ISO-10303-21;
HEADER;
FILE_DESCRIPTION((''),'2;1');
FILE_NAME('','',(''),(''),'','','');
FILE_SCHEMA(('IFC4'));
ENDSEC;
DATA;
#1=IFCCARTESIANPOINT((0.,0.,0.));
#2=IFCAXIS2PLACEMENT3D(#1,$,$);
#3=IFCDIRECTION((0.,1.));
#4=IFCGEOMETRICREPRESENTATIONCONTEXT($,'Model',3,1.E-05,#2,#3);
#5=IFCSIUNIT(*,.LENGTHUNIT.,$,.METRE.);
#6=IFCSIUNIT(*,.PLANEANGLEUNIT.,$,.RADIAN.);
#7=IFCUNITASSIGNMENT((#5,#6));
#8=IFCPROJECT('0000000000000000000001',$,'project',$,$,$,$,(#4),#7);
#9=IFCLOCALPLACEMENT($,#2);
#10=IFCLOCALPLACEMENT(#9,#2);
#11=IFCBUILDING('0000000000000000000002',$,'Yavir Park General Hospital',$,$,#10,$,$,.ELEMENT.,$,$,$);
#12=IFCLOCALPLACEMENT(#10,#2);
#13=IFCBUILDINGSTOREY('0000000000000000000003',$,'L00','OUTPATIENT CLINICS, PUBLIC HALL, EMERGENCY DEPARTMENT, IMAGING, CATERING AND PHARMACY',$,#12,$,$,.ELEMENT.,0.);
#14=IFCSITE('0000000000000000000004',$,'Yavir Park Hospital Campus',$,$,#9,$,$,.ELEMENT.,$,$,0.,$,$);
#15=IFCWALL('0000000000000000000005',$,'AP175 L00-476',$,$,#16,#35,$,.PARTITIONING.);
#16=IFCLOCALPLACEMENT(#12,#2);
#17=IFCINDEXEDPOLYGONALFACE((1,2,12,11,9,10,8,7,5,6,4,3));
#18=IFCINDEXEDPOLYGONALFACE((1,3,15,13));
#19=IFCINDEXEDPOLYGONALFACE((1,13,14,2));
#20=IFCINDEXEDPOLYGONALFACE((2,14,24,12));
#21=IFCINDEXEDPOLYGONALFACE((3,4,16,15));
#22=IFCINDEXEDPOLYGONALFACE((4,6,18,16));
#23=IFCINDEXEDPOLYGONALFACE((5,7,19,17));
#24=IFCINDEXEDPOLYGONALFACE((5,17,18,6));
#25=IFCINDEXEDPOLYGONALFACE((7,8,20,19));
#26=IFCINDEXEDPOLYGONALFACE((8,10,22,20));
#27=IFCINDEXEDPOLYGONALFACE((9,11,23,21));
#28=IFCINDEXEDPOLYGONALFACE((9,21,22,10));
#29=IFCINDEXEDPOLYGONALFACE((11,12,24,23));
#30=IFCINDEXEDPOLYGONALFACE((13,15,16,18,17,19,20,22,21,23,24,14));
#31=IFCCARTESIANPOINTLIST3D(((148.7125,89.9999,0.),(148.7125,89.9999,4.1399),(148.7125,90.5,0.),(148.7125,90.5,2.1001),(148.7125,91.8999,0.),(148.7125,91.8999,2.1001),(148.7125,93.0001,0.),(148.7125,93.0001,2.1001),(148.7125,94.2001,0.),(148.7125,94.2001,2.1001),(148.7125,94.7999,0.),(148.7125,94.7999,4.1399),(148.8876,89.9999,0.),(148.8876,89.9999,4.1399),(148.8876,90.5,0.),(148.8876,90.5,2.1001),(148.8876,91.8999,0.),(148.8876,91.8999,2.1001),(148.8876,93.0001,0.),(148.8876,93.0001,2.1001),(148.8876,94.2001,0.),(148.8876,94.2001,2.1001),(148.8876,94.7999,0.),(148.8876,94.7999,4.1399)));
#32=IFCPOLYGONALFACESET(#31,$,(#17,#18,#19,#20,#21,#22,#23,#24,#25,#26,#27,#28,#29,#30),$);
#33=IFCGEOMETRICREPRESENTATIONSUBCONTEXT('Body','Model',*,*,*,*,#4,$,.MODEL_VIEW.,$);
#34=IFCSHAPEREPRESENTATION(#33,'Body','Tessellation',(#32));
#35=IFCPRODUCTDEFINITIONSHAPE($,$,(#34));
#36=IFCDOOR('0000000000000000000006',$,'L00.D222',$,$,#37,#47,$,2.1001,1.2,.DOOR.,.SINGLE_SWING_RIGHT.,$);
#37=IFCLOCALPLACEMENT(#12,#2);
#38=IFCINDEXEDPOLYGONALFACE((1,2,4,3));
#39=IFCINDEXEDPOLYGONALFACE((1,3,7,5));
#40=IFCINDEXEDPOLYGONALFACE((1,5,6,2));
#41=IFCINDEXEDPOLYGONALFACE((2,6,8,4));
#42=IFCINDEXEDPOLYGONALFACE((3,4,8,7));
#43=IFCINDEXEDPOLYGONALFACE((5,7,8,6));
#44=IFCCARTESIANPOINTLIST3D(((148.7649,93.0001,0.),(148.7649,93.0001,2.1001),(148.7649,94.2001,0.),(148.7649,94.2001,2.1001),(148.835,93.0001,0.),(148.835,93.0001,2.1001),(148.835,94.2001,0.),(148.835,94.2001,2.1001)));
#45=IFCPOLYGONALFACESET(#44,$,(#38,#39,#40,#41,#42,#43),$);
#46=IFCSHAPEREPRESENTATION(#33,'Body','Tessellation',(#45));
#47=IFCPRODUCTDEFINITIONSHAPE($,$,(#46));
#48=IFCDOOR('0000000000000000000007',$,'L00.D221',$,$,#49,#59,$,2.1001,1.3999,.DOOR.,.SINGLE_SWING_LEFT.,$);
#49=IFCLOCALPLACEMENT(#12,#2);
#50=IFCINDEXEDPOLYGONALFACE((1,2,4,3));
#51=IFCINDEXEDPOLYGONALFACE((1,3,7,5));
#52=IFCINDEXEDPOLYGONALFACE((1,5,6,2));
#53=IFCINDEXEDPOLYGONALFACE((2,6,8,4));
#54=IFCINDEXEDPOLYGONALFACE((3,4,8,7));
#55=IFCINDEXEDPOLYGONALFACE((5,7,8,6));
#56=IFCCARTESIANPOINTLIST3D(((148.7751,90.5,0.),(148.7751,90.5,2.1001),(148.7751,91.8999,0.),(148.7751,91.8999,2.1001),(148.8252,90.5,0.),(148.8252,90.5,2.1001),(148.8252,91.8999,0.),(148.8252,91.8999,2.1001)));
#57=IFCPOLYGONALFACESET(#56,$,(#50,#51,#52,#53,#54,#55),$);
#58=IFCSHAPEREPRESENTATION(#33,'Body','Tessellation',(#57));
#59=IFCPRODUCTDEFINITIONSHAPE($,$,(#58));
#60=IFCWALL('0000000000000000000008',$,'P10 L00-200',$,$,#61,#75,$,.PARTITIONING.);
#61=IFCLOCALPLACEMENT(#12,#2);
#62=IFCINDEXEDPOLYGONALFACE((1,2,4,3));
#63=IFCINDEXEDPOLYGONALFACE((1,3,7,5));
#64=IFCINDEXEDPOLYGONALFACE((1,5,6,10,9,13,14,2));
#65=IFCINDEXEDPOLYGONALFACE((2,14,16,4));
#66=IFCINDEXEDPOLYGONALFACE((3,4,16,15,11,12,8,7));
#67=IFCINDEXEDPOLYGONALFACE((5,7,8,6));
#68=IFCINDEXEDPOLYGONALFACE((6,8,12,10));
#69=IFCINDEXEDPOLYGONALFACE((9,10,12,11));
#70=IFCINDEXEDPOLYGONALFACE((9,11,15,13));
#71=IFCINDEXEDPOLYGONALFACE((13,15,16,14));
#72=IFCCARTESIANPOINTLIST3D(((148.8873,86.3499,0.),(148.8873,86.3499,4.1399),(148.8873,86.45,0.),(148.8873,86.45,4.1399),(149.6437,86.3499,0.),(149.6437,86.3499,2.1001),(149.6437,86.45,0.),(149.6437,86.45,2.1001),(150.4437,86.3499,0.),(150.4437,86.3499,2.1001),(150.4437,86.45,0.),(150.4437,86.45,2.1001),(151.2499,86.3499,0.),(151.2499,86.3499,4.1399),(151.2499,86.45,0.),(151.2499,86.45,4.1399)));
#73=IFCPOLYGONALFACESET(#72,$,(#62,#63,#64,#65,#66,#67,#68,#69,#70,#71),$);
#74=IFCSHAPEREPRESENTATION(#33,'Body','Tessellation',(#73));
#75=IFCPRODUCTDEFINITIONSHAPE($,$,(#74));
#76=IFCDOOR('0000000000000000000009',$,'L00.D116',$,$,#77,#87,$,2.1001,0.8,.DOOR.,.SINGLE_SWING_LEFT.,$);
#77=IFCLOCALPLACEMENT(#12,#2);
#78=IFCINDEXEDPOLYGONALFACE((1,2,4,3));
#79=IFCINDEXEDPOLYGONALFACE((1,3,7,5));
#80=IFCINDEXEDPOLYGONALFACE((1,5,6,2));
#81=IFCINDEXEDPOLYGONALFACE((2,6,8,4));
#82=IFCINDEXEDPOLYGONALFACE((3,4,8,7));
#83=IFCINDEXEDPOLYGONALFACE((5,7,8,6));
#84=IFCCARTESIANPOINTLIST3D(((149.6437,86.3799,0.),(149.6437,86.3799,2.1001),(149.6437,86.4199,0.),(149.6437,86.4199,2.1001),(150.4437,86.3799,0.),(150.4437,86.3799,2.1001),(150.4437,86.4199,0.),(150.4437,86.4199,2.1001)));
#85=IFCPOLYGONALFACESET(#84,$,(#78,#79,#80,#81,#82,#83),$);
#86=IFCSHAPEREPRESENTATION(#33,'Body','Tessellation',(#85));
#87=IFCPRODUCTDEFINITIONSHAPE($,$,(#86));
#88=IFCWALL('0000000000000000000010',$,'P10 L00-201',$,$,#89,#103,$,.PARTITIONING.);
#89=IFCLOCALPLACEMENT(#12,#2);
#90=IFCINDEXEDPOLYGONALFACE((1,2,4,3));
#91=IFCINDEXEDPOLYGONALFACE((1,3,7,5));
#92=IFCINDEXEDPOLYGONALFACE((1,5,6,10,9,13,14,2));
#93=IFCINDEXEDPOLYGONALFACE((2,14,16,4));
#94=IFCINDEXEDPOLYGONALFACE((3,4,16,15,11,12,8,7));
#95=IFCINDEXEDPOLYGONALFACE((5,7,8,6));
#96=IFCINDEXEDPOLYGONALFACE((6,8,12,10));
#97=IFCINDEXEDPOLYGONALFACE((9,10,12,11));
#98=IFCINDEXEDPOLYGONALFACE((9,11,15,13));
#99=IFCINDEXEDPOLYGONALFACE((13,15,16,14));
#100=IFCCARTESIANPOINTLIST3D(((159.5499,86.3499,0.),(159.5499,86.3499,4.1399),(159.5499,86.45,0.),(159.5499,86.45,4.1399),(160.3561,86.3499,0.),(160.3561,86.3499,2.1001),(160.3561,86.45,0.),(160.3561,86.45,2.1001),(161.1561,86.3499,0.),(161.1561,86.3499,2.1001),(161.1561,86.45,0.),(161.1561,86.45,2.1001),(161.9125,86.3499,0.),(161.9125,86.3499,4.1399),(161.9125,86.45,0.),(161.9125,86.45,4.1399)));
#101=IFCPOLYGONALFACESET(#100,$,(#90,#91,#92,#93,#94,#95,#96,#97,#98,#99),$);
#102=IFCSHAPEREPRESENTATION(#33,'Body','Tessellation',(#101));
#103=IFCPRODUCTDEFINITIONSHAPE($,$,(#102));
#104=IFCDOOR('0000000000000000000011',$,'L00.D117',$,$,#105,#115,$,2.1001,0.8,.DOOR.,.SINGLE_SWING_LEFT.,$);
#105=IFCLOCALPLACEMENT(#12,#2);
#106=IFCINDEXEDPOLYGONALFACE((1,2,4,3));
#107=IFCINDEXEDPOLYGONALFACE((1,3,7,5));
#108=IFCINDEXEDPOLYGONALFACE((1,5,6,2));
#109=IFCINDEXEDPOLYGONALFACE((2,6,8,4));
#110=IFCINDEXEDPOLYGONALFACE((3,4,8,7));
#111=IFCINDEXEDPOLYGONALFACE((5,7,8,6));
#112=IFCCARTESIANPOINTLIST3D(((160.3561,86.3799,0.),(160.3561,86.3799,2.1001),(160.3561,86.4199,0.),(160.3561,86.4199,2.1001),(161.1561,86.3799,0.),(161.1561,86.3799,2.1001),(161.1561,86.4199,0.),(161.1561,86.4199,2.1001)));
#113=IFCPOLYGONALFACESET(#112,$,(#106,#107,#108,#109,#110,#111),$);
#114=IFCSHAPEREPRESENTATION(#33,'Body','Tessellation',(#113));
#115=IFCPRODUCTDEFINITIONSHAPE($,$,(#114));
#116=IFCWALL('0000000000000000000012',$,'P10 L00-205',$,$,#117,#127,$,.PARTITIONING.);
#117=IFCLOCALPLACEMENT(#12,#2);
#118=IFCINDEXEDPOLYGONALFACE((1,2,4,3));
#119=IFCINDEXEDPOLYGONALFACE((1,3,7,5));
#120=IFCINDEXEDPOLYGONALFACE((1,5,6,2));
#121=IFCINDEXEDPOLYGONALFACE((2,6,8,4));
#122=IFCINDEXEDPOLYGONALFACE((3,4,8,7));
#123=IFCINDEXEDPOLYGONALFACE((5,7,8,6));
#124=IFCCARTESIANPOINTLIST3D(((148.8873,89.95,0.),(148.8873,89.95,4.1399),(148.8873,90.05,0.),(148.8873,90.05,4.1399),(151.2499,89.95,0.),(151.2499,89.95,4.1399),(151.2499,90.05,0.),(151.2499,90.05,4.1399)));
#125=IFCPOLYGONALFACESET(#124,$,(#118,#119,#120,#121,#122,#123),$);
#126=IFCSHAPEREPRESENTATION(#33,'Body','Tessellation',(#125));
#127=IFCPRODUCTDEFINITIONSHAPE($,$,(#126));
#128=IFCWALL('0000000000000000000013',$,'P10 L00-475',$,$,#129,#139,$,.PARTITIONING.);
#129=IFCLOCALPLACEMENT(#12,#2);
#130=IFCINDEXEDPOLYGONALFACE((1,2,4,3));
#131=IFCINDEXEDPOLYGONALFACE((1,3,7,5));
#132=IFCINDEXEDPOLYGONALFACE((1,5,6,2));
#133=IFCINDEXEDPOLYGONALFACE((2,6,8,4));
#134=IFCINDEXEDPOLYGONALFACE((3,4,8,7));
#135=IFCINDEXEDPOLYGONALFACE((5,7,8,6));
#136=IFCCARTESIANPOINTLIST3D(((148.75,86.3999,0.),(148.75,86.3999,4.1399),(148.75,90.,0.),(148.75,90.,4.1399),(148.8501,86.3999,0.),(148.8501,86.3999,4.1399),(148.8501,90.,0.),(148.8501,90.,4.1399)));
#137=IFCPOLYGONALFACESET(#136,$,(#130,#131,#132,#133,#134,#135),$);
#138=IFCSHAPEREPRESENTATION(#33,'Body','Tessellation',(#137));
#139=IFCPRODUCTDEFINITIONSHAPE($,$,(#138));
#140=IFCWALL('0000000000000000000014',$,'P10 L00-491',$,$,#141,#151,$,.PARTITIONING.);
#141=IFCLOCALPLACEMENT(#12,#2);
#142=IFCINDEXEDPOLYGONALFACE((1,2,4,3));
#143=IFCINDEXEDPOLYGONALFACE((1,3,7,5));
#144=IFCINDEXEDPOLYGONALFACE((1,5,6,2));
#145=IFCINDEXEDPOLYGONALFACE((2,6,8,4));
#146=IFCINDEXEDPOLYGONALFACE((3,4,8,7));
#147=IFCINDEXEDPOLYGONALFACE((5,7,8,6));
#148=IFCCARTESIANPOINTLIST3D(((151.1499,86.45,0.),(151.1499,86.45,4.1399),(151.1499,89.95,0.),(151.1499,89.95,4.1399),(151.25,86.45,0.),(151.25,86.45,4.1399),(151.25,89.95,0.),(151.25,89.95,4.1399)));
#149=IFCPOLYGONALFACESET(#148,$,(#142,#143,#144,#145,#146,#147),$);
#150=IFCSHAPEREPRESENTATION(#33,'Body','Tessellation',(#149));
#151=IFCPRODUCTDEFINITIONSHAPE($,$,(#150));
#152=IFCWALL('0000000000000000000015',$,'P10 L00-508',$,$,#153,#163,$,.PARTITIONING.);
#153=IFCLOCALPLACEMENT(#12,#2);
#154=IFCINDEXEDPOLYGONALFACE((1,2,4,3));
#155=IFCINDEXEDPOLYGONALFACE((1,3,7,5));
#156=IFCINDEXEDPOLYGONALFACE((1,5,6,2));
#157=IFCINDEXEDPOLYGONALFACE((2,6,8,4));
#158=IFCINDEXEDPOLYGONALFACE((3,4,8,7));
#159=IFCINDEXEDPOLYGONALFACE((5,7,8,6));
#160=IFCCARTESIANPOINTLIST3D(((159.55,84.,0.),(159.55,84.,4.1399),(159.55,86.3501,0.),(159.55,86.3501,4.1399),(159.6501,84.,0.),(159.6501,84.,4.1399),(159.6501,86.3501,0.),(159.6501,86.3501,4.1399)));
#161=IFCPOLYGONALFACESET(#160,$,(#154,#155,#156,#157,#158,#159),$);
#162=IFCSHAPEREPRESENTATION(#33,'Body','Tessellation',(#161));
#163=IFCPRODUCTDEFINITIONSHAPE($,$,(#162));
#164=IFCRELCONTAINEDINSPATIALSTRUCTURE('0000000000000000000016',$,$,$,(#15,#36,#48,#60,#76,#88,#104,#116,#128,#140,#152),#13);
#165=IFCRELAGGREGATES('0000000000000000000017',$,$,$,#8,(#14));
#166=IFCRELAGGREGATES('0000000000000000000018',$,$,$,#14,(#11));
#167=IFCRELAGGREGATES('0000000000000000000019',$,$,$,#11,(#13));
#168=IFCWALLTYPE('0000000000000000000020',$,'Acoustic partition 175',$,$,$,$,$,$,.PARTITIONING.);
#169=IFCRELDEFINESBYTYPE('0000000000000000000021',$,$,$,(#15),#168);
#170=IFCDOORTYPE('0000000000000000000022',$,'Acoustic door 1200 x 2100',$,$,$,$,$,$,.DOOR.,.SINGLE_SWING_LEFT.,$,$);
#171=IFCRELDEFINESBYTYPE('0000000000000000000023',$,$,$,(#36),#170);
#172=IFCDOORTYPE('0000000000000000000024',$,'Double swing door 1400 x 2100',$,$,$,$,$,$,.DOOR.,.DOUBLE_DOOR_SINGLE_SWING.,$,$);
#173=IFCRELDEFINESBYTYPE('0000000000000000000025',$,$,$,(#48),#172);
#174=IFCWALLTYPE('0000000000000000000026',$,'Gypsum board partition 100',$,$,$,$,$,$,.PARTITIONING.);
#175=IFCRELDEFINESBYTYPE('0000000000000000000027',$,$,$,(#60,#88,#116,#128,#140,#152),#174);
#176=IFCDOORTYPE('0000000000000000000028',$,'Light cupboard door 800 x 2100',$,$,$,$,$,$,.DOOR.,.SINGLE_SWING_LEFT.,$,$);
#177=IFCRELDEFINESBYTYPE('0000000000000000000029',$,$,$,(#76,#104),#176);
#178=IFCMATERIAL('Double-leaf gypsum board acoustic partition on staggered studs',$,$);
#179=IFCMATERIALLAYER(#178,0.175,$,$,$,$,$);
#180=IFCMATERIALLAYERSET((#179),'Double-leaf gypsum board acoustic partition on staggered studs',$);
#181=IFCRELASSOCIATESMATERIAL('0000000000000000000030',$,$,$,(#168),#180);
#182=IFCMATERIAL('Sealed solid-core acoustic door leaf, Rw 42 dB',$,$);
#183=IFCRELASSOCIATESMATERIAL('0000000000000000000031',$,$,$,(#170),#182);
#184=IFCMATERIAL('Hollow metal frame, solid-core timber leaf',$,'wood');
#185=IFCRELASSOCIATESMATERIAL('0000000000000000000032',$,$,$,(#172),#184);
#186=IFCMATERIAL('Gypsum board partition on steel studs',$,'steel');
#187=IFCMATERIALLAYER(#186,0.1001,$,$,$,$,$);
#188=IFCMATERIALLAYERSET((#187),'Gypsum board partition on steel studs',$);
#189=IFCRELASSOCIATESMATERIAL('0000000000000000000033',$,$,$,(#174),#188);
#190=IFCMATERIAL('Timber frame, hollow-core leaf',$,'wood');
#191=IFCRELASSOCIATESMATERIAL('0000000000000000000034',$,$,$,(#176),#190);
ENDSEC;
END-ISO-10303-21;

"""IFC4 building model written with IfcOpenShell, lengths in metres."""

from ifc_helpers import new_model, si_unit, direction, frame, frame_2d, origin, place, context, subcontext, project, spatial, rectangle, extrude, material, layer, layer_set, type_object, element, fill, save


model = new_model("IFC4")

# Units and contexts
model_context = context("Model", 3, precision=1e-05, world=origin(), true_north=direction((0.0, 1.0)))
body_context = subcontext(model_context, "Body", "Model", "MODEL_VIEW")
ifc_project = project(units=[si_unit("LENGTHUNIT", "METRE"), si_unit("PLANEANGLEUNIT", "RADIAN")], contexts=[model_context])

# Site, building, storey
site_placement = place(None, origin())
site = spatial("IfcSite", under=ifc_project, at=site_placement, Name="Yavir Park Hospital Campus", CompositionType="ELEMENT", RefElevation=0.0)
building_placement = place(site_placement, origin())
building = spatial("IfcBuilding", under=site, at=building_placement, Name="Yavir Park General Hospital", CompositionType="ELEMENT")
storey_placement = place(building_placement, origin())
storey = spatial("IfcBuildingStorey", under=building, at=storey_placement, Name="L00", Description="OUTPATIENT CLINICS, PUBLIC HALL, EMERGENCY DEPARTMENT, IMAGING, CATERING AND PHARMACY", CompositionType="ELEMENT", Elevation=0.0)

# Wall, openings, doors
ifc_material_1 = material(Name="Double-leaf gypsum board acoustic partition on staggered studs")
ifc_layer_1 = layer(ifc_material_1, 0.175)
ifc_layer_set_1 = layer_set([ifc_layer_1], Name="Double-leaf gypsum board acoustic partition on staggered studs")
wall_type_1 = type_object("IfcWallType", Name="Acoustic partition 175", PredefinedType="PARTITIONING", material=ifc_layer_set_1)
wall_1_placement = place(storey_placement, frame((148.8, 90.0, 0.0), z_axis=(0.0, 0.0, 1.0), x_axis=(0.0, 1.0, 0.0)))
wall_1 = element("IfcWall", 1, at=wall_1_placement, inside=storey, type_object=wall_type_1, Name="AP175 L00-476", PredefinedType="PARTITIONING", context=body_context, shape_type="SweptSolid", body=[
    extrude(rectangle(XDim=4.8, YDim=0.175, at=frame_2d((2.3999, 0.0))), origin(), (0.0, 0.0, 1.0), 4.1399),
])
opening_1_placement = place(wall_1_placement, frame((0.5, 0.0, 0.0)))
opening_1 = element("IfcOpeningElement", 2, at=opening_1_placement, cuts=wall_1, PredefinedType="OPENING", context=body_context, shape_type="SweptSolid", body=[
    extrude(rectangle(XDim=1.3999, YDim=2.1001, at=frame_2d((0.7, 1.05))), frame((0.0, 0.0974, 0.0), z_axis=(0.0, -1.0, 0.0), x_axis=(1.0, 0.0, 0.0)), (0.0, 0.0, 1.0), 0.1951),
])
opening_2_placement = place(wall_1_placement, frame((3.0, 0.0, 0.0)))
opening_2 = element("IfcOpeningElement", 3, at=opening_2_placement, cuts=wall_1, PredefinedType="OPENING", context=body_context, shape_type="SweptSolid", body=[
    extrude(rectangle(XDim=1.2, YDim=2.1001, at=frame_2d((0.6001, 1.05))), frame((0.0, 0.0974, 0.0), z_axis=(0.0, -1.0, 0.0), x_axis=(1.0, 0.0, 0.0)), (0.0, 0.0, 1.0), 0.1951),
])
ifc_material_2 = material(Name="Sealed solid-core acoustic door leaf, Rw 42 dB")
door_type_1 = type_object("IfcDoorType", Name="Acoustic door 1200 x 2100", OperationType="SINGLE_SWING_LEFT", PredefinedType="DOOR", material=ifc_material_2)
door_1_placement = place(opening_2_placement, origin())
door_1 = element("IfcDoor", 4, at=door_1_placement, inside=storey, type_object=door_type_1, Name="L00.D222", OperationType="SINGLE_SWING_RIGHT", OverallHeight=2.1001, OverallWidth=1.2, PredefinedType="DOOR", context=body_context, shape_type="SweptSolid", body=[
    extrude(rectangle(XDim=1.2, YDim=2.1001, at=frame_2d((0.6001, 1.05))), frame((0.0, 0.0352, 0.0), z_axis=(0.0, -1.0, 0.0), x_axis=(1.0, 0.0, 0.0)), (0.0, 0.0, 1.0), 0.0701),
])
fill(opening_2, door_1)
ifc_material_3 = material(Name="Hollow metal frame, solid-core timber leaf", Category="wood")
door_type_2 = type_object("IfcDoorType", Name="Double swing door 1400 x 2100", OperationType="DOUBLE_DOOR_SINGLE_SWING", PredefinedType="DOOR", material=ifc_material_3)
door_2_placement = place(opening_1_placement, origin())
door_2 = element("IfcDoor", 5, at=door_2_placement, inside=storey, type_object=door_type_2, Name="L00.D221", OperationType="SINGLE_SWING_LEFT", OverallHeight=2.1001, OverallWidth=1.3999, PredefinedType="DOOR", context=body_context, shape_type="SweptSolid", body=[
    extrude(rectangle(XDim=1.3999, YDim=2.1001, at=frame_2d((0.7, 1.05))), frame((0.0, 0.0249, 0.0), z_axis=(0.0, -1.0, 0.0), x_axis=(1.0, 0.0, 0.0)), (0.0, 0.0, 1.0), 0.05),
])
fill(opening_1, door_2)

# Walls, openings, doors
ifc_material_4 = material(Name="Gypsum board partition on steel studs", Category="steel")
ifc_layer_2 = layer(ifc_material_4, 0.1001)
ifc_layer_set_2 = layer_set([ifc_layer_2], Name="Gypsum board partition on steel studs")
wall_type_2 = type_object("IfcWallType", Name="Gypsum board partition 100", PredefinedType="PARTITIONING", material=ifc_layer_set_2)
wall_2_placement = place(storey_placement, frame((148.8875, 86.3999, 0.0), z_axis=(0.0, 0.0, 1.0), x_axis=(1.0, 0.0, 0.0)))
wall_2 = element("IfcWall", 6, at=wall_2_placement, inside=storey, type_object=wall_type_2, Name="P10 L00-200", PredefinedType="PARTITIONING", context=body_context, shape_type="SweptSolid", body=[
    extrude(rectangle(XDim=2.3625, YDim=0.1001, at=frame_2d((1.1812, 0.0))), origin(), (0.0, 0.0, 1.0), 4.1399),
])
opening_3_placement = place(wall_2_placement, frame((0.7563, 0.0, 0.0)))
opening_3 = element("IfcOpeningElement", 7, at=opening_3_placement, cuts=wall_2, PredefinedType="OPENING", context=body_context, shape_type="SweptSolid", body=[
    extrude(rectangle(XDim=0.8, YDim=2.1001, at=frame_2d((0.3999, 1.05))), frame((0.0, 0.0601, 0.0), z_axis=(0.0, -1.0, 0.0), x_axis=(1.0, 0.0, 0.0)), (0.0, 0.0, 1.0), 0.1201),
])
ifc_material_5 = material(Name="Timber frame, hollow-core leaf", Category="wood")
door_type_3 = type_object("IfcDoorType", Name="Light cupboard door 800 x 2100", OperationType="SINGLE_SWING_LEFT", PredefinedType="DOOR", material=ifc_material_5)
door_3_placement = place(opening_3_placement, origin())
door_3 = element("IfcDoor", 8, at=door_3_placement, inside=storey, type_object=door_type_3, Name="L00.D116", OperationType="SINGLE_SWING_LEFT", OverallHeight=2.1001, OverallWidth=0.8, PredefinedType="DOOR", context=body_context, shape_type="SweptSolid", body=[
    extrude(rectangle(XDim=0.8, YDim=2.1001, at=frame_2d((0.3999, 1.05))), frame((0.0, 0.02, 0.0), z_axis=(0.0, -1.0, 0.0), x_axis=(1.0, 0.0, 0.0)), (0.0, 0.0, 1.0), 0.04),
])
fill(opening_3, door_3)
wall_3_placement = place(storey_placement, frame((159.55, 86.3999, 0.0), z_axis=(0.0, 0.0, 1.0), x_axis=(1.0, 0.0, 0.0)))
wall_3 = element("IfcWall", 9, at=wall_3_placement, inside=storey, type_object=wall_type_2, Name="P10 L00-201", PredefinedType="PARTITIONING", context=body_context, shape_type="SweptSolid", body=[
    extrude(rectangle(XDim=2.3625, YDim=0.1001, at=frame_2d((1.1812, 0.0))), origin(), (0.0, 0.0, 1.0), 4.1399),
])
opening_4_placement = place(wall_3_placement, frame((0.8062, 0.0, 0.0)))
opening_4 = element("IfcOpeningElement", 10, at=opening_4_placement, cuts=wall_3, PredefinedType="OPENING", context=body_context, shape_type="SweptSolid", body=[
    extrude(rectangle(XDim=0.8, YDim=2.1001, at=frame_2d((0.3999, 1.05))), frame((0.0, 0.0601, 0.0), z_axis=(0.0, -1.0, 0.0), x_axis=(1.0, 0.0, 0.0)), (0.0, 0.0, 1.0), 0.1201),
])
door_4_placement = place(opening_4_placement, origin())
door_4 = element("IfcDoor", 11, at=door_4_placement, inside=storey, type_object=door_type_3, Name="L00.D117", OperationType="SINGLE_SWING_LEFT", OverallHeight=2.1001, OverallWidth=0.8, PredefinedType="DOOR", context=body_context, shape_type="SweptSolid", body=[
    extrude(rectangle(XDim=0.8, YDim=2.1001, at=frame_2d((0.3999, 1.05))), frame((0.0, 0.02, 0.0), z_axis=(0.0, -1.0, 0.0), x_axis=(1.0, 0.0, 0.0)), (0.0, 0.0, 1.0), 0.04),
])
fill(opening_4, door_4)

# Walls
wall_4_placement = place(storey_placement, frame((148.8875, 90.0, 0.0), z_axis=(0.0, 0.0, 1.0), x_axis=(1.0, 0.0, 0.0)))
element("IfcWall", 12, at=wall_4_placement, inside=storey, type_object=wall_type_2, Name="P10 L00-205", PredefinedType="PARTITIONING", context=body_context, shape_type="SweptSolid", body=[
    extrude(rectangle(XDim=2.3625, YDim=0.1001, at=frame_2d((1.1812, 0.0))), origin(), (0.0, 0.0, 1.0), 4.1399),
])
wall_5_placement = place(storey_placement, frame((148.8, 86.3999, 0.0), z_axis=(0.0, 0.0, 1.0), x_axis=(0.0, 1.0, 0.0)))
element("IfcWall", 13, at=wall_5_placement, inside=storey, type_object=wall_type_2, Name="P10 L00-475", PredefinedType="PARTITIONING", context=body_context, shape_type="SweptSolid", body=[
    extrude(rectangle(XDim=3.6001, YDim=0.1001, at=frame_2d((1.8, 0.0))), origin(), (0.0, 0.0, 1.0), 4.1399),
])
wall_6_placement = place(storey_placement, frame((151.2, 86.45, 0.0), z_axis=(0.0, 0.0, 1.0), x_axis=(0.0, 1.0, 0.0)))
element("IfcWall", 14, at=wall_6_placement, inside=storey, type_object=wall_type_2, Name="P10 L00-491", PredefinedType="PARTITIONING", context=body_context, shape_type="SweptSolid", body=[
    extrude(rectangle(XDim=3.5, YDim=0.1001, at=frame_2d((1.75, 0.0))), origin(), (0.0, 0.0, 1.0), 4.1399),
])
wall_7_placement = place(storey_placement, frame((159.6001, 84.0, 0.0), z_axis=(0.0, 0.0, 1.0), x_axis=(0.0, 1.0, 0.0)))
element("IfcWall", 15, at=wall_7_placement, inside=storey, type_object=wall_type_2, Name="P10 L00-508", PredefinedType="PARTITIONING", context=body_context, shape_type="SweptSolid", body=[
    extrude(rectangle(XDim=2.3501, YDim=0.1001, at=frame_2d((1.175, 0.0))), origin(), (0.0, 0.0, 1.0), 4.1399),
])

save(model, "model.ifc")
